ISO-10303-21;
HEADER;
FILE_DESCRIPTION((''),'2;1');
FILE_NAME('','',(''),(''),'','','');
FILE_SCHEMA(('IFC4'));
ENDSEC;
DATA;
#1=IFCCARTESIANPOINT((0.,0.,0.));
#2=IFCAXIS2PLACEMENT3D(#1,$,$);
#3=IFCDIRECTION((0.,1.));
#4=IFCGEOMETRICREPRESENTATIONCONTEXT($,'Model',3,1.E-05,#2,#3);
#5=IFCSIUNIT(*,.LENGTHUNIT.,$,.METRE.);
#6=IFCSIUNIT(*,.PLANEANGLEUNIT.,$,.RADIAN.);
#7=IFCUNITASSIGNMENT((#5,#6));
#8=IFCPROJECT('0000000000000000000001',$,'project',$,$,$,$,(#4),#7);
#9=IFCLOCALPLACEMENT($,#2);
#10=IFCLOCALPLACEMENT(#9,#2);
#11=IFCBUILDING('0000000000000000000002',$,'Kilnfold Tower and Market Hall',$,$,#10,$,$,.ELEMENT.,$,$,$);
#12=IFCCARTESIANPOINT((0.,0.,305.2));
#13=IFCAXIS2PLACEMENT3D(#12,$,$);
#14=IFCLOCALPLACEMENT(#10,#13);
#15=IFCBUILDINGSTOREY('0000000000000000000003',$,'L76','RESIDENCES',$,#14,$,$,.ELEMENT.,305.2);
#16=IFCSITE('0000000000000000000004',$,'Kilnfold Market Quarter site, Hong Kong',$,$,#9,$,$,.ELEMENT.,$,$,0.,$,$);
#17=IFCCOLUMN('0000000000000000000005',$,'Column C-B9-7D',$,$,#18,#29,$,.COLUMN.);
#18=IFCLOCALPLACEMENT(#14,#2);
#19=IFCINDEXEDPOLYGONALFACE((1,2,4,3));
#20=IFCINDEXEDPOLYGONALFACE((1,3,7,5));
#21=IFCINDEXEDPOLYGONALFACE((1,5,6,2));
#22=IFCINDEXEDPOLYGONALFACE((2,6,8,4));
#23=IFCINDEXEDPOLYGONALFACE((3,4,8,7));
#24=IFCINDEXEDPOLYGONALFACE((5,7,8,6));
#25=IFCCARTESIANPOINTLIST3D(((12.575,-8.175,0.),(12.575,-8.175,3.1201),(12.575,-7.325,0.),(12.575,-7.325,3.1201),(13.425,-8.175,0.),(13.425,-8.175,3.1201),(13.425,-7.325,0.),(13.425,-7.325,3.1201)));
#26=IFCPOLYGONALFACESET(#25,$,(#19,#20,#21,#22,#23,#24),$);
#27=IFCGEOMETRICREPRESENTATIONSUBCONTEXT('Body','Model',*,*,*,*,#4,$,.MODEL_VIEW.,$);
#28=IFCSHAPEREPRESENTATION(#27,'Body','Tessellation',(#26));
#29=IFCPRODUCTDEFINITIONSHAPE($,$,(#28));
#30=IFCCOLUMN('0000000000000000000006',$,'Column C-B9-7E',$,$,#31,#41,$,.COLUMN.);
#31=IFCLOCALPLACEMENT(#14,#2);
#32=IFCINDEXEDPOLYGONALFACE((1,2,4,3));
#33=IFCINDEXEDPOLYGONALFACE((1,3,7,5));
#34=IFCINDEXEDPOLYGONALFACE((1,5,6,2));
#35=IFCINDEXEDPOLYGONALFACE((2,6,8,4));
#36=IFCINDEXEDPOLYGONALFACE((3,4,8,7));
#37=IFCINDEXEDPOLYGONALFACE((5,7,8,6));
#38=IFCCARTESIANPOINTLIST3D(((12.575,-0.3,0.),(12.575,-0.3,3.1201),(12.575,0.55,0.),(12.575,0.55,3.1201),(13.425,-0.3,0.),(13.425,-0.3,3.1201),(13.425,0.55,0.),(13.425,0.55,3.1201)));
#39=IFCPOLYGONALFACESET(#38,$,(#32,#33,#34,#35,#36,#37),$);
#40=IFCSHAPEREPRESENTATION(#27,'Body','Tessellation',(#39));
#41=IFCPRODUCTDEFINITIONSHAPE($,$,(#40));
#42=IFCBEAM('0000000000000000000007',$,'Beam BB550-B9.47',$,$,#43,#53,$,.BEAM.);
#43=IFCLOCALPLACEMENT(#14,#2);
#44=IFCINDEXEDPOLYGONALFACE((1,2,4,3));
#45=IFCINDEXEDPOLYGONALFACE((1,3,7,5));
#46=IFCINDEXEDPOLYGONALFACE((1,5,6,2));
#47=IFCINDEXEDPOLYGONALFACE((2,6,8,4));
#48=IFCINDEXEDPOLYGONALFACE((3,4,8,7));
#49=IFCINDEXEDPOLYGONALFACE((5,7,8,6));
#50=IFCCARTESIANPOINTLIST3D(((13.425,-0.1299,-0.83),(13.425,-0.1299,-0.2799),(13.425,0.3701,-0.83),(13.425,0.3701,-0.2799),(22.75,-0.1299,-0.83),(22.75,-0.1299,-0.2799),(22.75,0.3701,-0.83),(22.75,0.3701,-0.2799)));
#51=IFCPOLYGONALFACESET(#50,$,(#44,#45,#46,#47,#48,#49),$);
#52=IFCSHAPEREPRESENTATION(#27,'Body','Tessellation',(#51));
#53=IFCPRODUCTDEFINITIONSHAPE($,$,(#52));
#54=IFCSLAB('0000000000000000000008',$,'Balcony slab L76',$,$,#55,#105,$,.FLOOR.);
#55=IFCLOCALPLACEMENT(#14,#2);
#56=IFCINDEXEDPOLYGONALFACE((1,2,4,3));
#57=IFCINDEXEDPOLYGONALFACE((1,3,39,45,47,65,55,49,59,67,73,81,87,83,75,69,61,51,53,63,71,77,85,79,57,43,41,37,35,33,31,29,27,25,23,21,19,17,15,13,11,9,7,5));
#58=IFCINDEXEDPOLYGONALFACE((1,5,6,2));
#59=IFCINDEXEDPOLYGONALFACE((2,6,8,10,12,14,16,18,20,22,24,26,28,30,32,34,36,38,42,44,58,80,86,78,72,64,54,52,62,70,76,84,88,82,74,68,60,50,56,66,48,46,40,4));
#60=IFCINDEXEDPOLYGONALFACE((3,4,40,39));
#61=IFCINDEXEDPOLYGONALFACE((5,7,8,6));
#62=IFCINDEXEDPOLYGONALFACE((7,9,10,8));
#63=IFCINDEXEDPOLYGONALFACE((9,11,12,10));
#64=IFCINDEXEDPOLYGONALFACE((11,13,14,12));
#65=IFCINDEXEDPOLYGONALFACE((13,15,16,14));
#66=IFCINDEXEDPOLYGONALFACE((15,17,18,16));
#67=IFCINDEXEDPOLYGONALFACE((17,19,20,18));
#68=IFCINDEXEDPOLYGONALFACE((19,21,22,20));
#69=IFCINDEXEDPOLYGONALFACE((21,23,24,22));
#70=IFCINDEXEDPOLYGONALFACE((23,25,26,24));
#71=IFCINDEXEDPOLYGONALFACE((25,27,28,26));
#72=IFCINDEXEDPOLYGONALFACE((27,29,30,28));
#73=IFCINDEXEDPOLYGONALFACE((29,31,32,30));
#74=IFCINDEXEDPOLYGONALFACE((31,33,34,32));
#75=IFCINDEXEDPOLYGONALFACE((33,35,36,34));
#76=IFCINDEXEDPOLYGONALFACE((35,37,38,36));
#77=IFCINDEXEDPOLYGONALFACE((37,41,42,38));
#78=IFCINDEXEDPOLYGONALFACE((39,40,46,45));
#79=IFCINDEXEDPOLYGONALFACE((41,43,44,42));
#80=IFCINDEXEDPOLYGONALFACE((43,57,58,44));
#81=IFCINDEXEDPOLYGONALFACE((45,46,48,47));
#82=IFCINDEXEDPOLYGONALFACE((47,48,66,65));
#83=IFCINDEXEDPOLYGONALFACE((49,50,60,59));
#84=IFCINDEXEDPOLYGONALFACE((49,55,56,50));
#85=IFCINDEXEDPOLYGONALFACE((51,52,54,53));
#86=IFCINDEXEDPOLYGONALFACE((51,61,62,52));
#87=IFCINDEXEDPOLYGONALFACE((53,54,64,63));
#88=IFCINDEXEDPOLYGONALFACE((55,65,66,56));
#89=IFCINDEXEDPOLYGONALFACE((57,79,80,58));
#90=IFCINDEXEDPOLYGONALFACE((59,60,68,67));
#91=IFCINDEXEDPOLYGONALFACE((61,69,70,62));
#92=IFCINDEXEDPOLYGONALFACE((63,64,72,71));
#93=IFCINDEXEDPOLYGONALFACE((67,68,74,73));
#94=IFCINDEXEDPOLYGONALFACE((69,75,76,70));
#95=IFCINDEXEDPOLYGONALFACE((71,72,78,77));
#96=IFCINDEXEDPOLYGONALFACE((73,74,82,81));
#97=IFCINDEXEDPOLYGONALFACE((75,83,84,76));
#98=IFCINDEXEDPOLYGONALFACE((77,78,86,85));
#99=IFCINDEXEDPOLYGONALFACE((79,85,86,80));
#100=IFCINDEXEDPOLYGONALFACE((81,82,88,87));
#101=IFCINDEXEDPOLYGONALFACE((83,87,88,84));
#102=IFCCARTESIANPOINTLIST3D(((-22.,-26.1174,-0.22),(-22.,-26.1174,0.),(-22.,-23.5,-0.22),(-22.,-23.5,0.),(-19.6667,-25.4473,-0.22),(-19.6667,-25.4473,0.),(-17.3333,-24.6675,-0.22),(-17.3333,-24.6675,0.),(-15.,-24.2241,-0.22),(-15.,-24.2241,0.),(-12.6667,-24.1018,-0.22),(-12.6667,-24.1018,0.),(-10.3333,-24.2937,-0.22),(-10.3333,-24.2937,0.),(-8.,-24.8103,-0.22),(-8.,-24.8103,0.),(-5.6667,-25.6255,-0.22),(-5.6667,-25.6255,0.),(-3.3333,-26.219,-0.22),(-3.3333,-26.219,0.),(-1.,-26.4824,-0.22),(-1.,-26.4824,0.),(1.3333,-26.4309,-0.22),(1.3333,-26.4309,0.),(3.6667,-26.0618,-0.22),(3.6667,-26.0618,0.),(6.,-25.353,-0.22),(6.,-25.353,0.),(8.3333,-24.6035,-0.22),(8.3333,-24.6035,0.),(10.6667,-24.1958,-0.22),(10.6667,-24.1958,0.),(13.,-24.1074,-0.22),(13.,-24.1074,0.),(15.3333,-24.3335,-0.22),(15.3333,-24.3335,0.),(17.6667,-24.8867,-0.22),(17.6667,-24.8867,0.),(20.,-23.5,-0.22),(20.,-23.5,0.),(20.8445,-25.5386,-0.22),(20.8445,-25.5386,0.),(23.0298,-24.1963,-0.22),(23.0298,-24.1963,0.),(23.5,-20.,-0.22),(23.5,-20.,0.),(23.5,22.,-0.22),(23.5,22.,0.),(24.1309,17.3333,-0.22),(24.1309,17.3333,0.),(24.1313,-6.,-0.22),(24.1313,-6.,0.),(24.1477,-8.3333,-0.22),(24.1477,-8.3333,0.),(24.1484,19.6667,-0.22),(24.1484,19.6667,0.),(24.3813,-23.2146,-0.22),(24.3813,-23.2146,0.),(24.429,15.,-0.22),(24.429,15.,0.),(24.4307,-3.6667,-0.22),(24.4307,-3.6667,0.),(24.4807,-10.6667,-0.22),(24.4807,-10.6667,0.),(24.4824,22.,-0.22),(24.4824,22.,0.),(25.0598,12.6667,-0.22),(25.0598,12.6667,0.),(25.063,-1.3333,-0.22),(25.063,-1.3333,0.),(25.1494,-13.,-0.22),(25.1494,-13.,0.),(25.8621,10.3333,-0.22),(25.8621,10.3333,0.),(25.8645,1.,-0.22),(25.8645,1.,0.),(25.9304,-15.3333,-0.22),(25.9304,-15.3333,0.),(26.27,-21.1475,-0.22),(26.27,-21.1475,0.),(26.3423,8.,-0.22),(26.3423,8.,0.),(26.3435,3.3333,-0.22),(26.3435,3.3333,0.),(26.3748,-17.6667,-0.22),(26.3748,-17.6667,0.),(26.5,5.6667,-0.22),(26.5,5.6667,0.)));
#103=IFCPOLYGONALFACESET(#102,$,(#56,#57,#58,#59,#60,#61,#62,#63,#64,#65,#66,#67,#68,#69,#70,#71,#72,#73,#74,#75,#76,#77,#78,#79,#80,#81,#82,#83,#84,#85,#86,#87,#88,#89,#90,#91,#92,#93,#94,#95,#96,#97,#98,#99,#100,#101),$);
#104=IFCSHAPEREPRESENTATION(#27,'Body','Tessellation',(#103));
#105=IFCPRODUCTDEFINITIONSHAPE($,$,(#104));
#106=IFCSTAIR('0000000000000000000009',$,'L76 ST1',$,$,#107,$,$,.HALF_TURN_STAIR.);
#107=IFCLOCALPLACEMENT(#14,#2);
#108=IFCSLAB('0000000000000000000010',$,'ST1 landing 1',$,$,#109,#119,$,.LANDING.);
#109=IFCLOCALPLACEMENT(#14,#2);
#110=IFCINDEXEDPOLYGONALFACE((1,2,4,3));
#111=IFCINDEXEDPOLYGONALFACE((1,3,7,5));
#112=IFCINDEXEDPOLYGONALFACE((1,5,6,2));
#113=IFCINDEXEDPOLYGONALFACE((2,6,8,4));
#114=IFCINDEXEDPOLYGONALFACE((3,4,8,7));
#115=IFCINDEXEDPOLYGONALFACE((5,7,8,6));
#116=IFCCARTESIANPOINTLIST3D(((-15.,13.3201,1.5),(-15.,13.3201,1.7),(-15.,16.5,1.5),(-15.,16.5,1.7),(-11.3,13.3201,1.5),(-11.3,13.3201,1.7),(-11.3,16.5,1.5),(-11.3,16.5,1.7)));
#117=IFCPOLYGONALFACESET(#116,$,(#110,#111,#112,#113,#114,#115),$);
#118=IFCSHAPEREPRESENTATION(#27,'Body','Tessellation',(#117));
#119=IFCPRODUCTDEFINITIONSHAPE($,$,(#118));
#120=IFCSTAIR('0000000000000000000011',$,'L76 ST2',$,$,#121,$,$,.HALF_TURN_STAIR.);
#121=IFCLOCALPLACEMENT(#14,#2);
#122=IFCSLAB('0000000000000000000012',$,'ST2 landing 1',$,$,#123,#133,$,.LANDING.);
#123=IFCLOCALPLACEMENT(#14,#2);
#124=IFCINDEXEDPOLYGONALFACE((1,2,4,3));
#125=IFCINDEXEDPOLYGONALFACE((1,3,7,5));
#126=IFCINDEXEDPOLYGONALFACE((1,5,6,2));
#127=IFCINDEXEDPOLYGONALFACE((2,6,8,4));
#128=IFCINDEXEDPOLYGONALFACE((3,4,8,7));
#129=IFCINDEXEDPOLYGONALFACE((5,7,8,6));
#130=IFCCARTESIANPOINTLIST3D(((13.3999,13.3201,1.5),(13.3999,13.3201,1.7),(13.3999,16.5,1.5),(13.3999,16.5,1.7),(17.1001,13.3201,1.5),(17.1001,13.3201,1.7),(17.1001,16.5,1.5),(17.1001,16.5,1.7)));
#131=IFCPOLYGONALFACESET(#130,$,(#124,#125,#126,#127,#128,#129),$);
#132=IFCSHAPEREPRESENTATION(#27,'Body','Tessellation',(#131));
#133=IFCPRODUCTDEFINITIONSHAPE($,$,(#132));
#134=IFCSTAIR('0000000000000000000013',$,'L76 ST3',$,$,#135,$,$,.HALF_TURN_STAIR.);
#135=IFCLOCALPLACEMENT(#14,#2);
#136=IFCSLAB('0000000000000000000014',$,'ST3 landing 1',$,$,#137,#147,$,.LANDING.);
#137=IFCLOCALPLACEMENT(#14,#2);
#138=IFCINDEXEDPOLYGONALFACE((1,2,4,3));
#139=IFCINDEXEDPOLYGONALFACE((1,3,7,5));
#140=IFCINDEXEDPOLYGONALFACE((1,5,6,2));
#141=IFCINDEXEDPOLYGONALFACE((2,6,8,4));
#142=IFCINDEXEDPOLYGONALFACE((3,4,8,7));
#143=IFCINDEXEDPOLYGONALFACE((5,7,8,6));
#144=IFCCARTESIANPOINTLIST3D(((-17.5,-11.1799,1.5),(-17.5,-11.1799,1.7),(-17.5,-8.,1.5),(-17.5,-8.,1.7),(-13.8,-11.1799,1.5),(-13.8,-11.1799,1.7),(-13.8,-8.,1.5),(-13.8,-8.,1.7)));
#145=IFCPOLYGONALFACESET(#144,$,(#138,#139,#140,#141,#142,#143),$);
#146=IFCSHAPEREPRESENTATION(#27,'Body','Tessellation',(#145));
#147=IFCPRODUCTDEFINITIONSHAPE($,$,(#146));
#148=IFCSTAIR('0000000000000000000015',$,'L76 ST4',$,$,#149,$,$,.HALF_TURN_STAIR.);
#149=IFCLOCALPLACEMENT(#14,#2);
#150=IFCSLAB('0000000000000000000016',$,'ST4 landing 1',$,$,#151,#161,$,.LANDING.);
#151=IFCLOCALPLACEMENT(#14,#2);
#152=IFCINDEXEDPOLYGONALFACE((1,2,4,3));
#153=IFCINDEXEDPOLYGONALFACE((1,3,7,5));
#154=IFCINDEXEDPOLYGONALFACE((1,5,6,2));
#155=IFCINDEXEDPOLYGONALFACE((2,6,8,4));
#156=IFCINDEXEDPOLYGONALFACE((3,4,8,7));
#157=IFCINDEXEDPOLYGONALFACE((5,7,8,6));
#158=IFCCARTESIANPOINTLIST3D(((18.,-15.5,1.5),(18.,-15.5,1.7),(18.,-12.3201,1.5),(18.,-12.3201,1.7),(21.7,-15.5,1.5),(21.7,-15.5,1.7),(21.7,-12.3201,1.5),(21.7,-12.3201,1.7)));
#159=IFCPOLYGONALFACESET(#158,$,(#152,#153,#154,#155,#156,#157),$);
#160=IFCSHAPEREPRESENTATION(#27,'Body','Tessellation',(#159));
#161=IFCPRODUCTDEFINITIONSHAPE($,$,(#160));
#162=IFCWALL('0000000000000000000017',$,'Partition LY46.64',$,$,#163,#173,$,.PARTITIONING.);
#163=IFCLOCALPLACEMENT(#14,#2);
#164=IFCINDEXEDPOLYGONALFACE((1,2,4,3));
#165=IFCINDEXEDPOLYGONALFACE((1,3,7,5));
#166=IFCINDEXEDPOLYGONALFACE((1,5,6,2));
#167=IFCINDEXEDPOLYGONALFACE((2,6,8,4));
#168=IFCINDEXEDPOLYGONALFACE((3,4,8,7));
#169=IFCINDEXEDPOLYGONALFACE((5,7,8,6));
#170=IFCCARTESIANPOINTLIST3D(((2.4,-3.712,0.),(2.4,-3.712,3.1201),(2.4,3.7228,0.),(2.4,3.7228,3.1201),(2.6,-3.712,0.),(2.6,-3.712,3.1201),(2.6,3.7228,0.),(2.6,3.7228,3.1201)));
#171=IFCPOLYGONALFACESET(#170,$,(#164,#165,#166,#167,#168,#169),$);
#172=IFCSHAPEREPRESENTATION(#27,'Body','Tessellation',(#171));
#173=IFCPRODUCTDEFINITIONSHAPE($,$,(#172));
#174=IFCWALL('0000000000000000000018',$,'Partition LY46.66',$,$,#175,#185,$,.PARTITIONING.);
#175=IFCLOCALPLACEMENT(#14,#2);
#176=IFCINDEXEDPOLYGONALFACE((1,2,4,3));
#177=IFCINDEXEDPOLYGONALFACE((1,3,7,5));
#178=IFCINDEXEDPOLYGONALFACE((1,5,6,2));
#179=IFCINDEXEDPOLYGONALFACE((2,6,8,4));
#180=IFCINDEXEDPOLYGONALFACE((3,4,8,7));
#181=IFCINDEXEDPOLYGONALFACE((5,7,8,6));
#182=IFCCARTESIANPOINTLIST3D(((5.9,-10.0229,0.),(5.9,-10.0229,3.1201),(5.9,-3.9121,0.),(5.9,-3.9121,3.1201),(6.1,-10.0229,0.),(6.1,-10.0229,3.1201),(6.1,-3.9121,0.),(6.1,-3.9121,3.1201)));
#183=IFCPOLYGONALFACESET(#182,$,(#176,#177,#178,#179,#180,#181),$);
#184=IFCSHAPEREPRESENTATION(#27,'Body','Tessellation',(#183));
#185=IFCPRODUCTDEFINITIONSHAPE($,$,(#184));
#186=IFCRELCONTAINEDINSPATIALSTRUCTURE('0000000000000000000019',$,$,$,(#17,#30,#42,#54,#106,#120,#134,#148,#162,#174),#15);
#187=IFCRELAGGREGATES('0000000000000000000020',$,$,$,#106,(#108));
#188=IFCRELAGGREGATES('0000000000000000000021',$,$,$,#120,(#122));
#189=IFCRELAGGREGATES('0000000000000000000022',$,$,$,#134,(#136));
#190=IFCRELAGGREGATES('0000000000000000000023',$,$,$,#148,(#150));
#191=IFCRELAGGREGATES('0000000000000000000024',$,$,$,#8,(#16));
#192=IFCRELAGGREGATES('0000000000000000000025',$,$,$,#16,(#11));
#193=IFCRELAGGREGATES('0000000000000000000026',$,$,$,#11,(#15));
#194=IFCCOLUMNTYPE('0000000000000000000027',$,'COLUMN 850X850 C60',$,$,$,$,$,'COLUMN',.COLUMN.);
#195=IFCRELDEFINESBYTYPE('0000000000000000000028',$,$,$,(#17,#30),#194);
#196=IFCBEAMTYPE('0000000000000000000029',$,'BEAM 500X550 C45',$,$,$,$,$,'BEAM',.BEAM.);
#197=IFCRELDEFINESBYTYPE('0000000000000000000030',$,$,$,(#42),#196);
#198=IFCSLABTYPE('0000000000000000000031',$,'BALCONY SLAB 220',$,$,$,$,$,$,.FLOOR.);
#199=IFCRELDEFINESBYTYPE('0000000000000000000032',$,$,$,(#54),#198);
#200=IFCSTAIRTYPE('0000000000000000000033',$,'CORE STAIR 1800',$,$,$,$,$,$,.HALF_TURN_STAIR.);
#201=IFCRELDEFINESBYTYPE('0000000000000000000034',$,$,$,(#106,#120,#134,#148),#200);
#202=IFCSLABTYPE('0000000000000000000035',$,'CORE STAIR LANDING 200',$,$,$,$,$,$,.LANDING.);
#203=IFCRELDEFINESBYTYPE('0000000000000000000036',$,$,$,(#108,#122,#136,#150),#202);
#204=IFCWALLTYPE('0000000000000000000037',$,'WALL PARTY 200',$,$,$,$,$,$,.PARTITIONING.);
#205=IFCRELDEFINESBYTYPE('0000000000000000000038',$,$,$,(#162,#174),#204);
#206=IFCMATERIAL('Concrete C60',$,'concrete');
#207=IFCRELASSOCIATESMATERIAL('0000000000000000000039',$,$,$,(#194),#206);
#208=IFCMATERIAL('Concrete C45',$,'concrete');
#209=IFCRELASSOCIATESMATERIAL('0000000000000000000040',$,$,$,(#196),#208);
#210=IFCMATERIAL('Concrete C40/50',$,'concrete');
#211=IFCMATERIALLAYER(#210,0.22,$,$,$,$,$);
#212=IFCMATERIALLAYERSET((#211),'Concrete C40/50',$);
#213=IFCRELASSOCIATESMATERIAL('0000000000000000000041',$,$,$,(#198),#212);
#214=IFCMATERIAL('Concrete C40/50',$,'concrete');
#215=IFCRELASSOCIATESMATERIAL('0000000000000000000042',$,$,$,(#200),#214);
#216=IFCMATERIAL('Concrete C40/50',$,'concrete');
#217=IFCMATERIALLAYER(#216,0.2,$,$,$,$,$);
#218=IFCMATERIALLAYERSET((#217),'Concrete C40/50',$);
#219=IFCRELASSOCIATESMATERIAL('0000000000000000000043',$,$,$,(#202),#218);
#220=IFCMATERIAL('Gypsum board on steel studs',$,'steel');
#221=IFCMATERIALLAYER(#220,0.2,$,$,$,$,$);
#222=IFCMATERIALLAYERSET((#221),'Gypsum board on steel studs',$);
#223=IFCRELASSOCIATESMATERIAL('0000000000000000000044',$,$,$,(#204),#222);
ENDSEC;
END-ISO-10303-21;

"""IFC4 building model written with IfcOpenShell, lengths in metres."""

from ifc_helpers import new_model, si_unit, direction, frame, frame_2d, origin, origin_2d, place, context, subcontext, project, spatial, polyline, rectangle, outline, extrude, source, transform, mapped, material, layer, layer_set, material_profile, profile_set, type_object, element, aggregate, save


model = new_model("IFC4")

# Units and contexts
model_context = context("Model", 3, precision=1e-05, world=origin(), true_north=direction((0.0, 1.0)))
body_context = subcontext(model_context, "Body", "Model", "MODEL_VIEW")
ifc_project = project(units=[si_unit("LENGTHUNIT", "METRE"), si_unit("PLANEANGLEUNIT", "RADIAN")], contexts=[model_context])

# Site, building, storey
site_placement = place(None, origin())
site = spatial("IfcSite", under=ifc_project, at=site_placement, Name="Kilnfold Market Quarter site, Hong Kong", CompositionType="ELEMENT", RefElevation=0.0)
building_placement = place(site_placement, origin())
building = spatial("IfcBuilding", under=site, at=building_placement, Name="Kilnfold Tower and Market Hall", CompositionType="ELEMENT")
storey_placement = place(building_placement, frame((0.0, 0.0, 305.2)))
storey = spatial("IfcBuildingStorey", under=building, at=storey_placement, Name="L76", Description="RESIDENCES", CompositionType="ELEMENT", Elevation=305.2)

# Columns
ifc_material_1 = material(Name="Concrete C60", Category="concrete")
ifc_material_profile_1 = material_profile(ifc_material_1, rectangle(XDim=0.8501, YDim=0.8501, at=origin_2d()), Name="RC 850x850")
ifc_profile_set_1 = profile_set([ifc_material_profile_1], Name="Concrete C60")
column_type = type_object("IfcColumnType", Name="COLUMN 850X850 C60", ElementType="COLUMN", PredefinedType="COLUMN", material=ifc_profile_set_1)
shared_shape_1 = source(origin(), body_context, "Body", "SweptSolid", [
    extrude(rectangle(XDim=0.8501, YDim=0.8501, at=origin_2d()), origin(), (0.0, 0.0, 1.0), 3.1201),
])
for number, where, z_axis, x_axis, name in (
    (1, (13.0, -7.75, 0.0), (0.0, 0.0, 1.0), (1.0, 0.0, 0.0), "Column C-B9-7D"),
    (2, (13.0, 0.125, 0.0), (0.0, 0.0, 1.0), (1.0, 0.0, 0.0), "Column C-B9-7E"),
):
    element("IfcColumn", number, at=place(storey_placement, frame(where, z_axis=z_axis, x_axis=x_axis)), inside=storey, type_object=column_type, Name=name, PredefinedType="COLUMN", context=body_context, shape_type="MappedRepresentation", body=[
        mapped(shared_shape_1, transform((0.0, 0.0, 0.0))),
    ])

# Beam
ifc_material_2 = material(Name="Concrete C45", Category="concrete")
ifc_material_profile_2 = material_profile(ifc_material_2, rectangle(XDim=0.5, YDim=0.55, at=origin_2d()), Name="RC 500x550")
ifc_profile_set_2 = profile_set([ifc_material_profile_2], Name="Concrete C45")
beam_type = type_object("IfcBeamType", Name="BEAM 500X550 C45", ElementType="BEAM", PredefinedType="BEAM", material=ifc_profile_set_2)
shared_shape_2 = source(origin(), body_context, "Body", "SweptSolid", [
    extrude(rectangle(XDim=0.5, YDim=0.55, at=origin_2d()), origin(), (0.0, 0.0, 1.0), 9.325),
])
beam_placement = place(storey_placement, frame((13.425, 0.1201, -0.5549), z_axis=(1.0, 0.0, 0.0), x_axis=(0.0, 1.0, 0.0)))
element("IfcBeam", 3, at=beam_placement, inside=storey, type_object=beam_type, Name="Beam BB550-B9.47", PredefinedType="BEAM", context=body_context, shape_type="MappedRepresentation", body=[
    mapped(shared_shape_2, transform((0.0, 0.0, 0.0))),
])

# Slab
ifc_material_3 = material(Name="Concrete C40/50", Category="concrete")
ifc_layer_1 = layer(ifc_material_3, 0.22)
ifc_layer_set_1 = layer_set([ifc_layer_1], Name="Concrete C40/50")
slab_type_1 = type_object("IfcSlabType", Name="BALCONY SLAB 220", PredefinedType="FLOOR", material=ifc_layer_set_1)
shared_shape_3 = source(origin(), body_context, "Body", "SweptSolid", [
    extrude(outline(polyline([(-22.0, -23.5), (20.0, -23.5), (23.5, -20.0), (23.5, 22.0), (24.4824, 22.0), (24.1484, 19.6667), (24.1309, 17.3333), (24.429, 15.0), (25.0598, 12.6667), (25.8621, 10.3333), (26.3423, 8.0), (26.5, 5.6667), (26.3435, 3.3333), (25.8645, 1.0), (25.063, -1.3333), (24.4307, -3.6667), (24.1313, -6.0), (24.1477, -8.3333), (24.4807, -10.6667), (25.1494, -13.0), (25.9304, -15.3333), (26.3748, -17.6667), (26.27, -21.1475), (24.3813, -23.2146), (23.0298, -24.1963), (20.8445, -25.5386), (17.6667, -24.8867), (15.3333, -24.3335), (13.0, -24.1074), (10.6667, -24.1958), (8.3333, -24.6035), (6.0, -25.353), (3.6667, -26.0618), (1.3333, -26.4309), (-1.0, -26.4824), (-3.3333, -26.219), (-5.6667, -25.6255), (-8.0, -24.8103), (-10.3333, -24.2937), (-12.6667, -24.1018), (-15.0, -24.2241), (-17.3333, -24.6675), (-19.6667, -25.4473), (-22.0, -26.1174), (-22.0, -23.5)])), origin(), (0.0, 0.0, 1.0), 0.22),
])
slab_1_placement = place(storey_placement, frame((0.0, 0.0, -0.22)))
element("IfcSlab", 4, at=slab_1_placement, inside=storey, type_object=slab_type_1, Name="Balcony slab L76", PredefinedType="FLOOR", context=body_context, shape_type="MappedRepresentation", body=[
    mapped(shared_shape_3, transform((0.0, 0.0, 0.0))),
])

# Stairs, slabs
ifc_material_4 = material(Name="Concrete C40/50", Category="concrete")
stair_type = type_object("IfcStairType", Name="CORE STAIR 1800", PredefinedType="HALF_TURN_STAIR", material=ifc_material_4)
stair_1_placement = place(storey_placement, origin())
stair_1 = element("IfcStair", 5, at=stair_1_placement, inside=storey, type_object=stair_type, Name="L76 ST1", PredefinedType="HALF_TURN_STAIR")
ifc_material_5 = material(Name="Concrete C40/50", Category="concrete")
ifc_layer_2 = layer(ifc_material_5, 0.2)
ifc_layer_set_2 = layer_set([ifc_layer_2], Name="Concrete C40/50")
slab_type_2 = type_object("IfcSlabType", Name="CORE STAIR LANDING 200", PredefinedType="LANDING", material=ifc_layer_set_2)
shared_shape_4 = source(origin(), body_context, "Body", "SweptSolid", [
    extrude(outline(polyline([(-11.3, 13.3201), (-11.3, 16.5), (-15.0, 16.5), (-15.0, 13.3201), (-11.3, 13.3201)])), origin(), (0.0, 0.0, 1.0), 0.2),
])
slab_2_placement = place(storey_placement, frame((0.0, 0.0, 1.5)))
slab_2 = element("IfcSlab", 6, at=slab_2_placement, type_object=slab_type_2, Name="ST1 landing 1", PredefinedType="LANDING", context=body_context, shape_type="MappedRepresentation", body=[
    mapped(shared_shape_4, transform((0.0, 0.0, 0.0))),
])
aggregate(stair_1, [slab_2])
stair_2_placement = place(storey_placement, origin())
stair_2 = element("IfcStair", 7, at=stair_2_placement, inside=storey, type_object=stair_type, Name="L76 ST2", PredefinedType="HALF_TURN_STAIR")
shared_shape_5 = source(origin(), body_context, "Body", "SweptSolid", [
    extrude(outline(polyline([(17.1001, 13.3201), (17.1001, 16.5), (13.3999, 16.5), (13.3999, 13.3201), (17.1001, 13.3201)])), origin(), (0.0, 0.0, 1.0), 0.2),
])
slab_3_placement = place(storey_placement, frame((0.0, 0.0, 1.5)))
slab_3 = element("IfcSlab", 8, at=slab_3_placement, type_object=slab_type_2, Name="ST2 landing 1", PredefinedType="LANDING", context=body_context, shape_type="MappedRepresentation", body=[
    mapped(shared_shape_5, transform((0.0, 0.0, 0.0))),
])
aggregate(stair_2, [slab_3])
stair_3_placement = place(storey_placement, origin())
stair_3 = element("IfcStair", 9, at=stair_3_placement, inside=storey, type_object=stair_type, Name="L76 ST3", PredefinedType="HALF_TURN_STAIR")
shared_shape_6 = source(origin(), body_context, "Body", "SweptSolid", [
    extrude(outline(polyline([(-13.8, -11.1799), (-13.8, -8.0), (-17.5, -8.0), (-17.5, -11.1799), (-13.8, -11.1799)])), origin(), (0.0, 0.0, 1.0), 0.2),
])
slab_4_placement = place(storey_placement, frame((0.0, 0.0, 1.5)))
slab_4 = element("IfcSlab", 10, at=slab_4_placement, type_object=slab_type_2, Name="ST3 landing 1", PredefinedType="LANDING", context=body_context, shape_type="MappedRepresentation", body=[
    mapped(shared_shape_6, transform((0.0, 0.0, 0.0))),
])
aggregate(stair_3, [slab_4])
stair_4_placement = place(storey_placement, origin())
stair_4 = element("IfcStair", 11, at=stair_4_placement, inside=storey, type_object=stair_type, Name="L76 ST4", PredefinedType="HALF_TURN_STAIR")
shared_shape_7 = source(origin(), body_context, "Body", "SweptSolid", [
    extrude(outline(polyline([(18.0, -12.3201), (18.0, -15.5), (21.7, -15.5), (21.7, -12.3201), (18.0, -12.3201)])), origin(), (0.0, 0.0, 1.0), 0.2),
])
slab_5_placement = place(storey_placement, frame((0.0, 0.0, 1.5)))
slab_5 = element("IfcSlab", 12, at=slab_5_placement, type_object=slab_type_2, Name="ST4 landing 1", PredefinedType="LANDING", context=body_context, shape_type="MappedRepresentation", body=[
    mapped(shared_shape_7, transform((0.0, 0.0, 0.0))),
])
aggregate(stair_4, [slab_5])

# Walls
ifc_material_6 = material(Name="Gypsum board on steel studs", Category="steel")
ifc_layer_3 = layer(ifc_material_6, 0.2)
ifc_layer_set_3 = layer_set([ifc_layer_3], Name="Gypsum board on steel studs")
wall_type = type_object("IfcWallType", Name="WALL PARTY 200", PredefinedType="PARTITIONING", material=ifc_layer_set_3)
wall_1_placement = place(storey_placement, frame((2.5, -3.7119, 0.0), z_axis=(0.0, 0.0, 1.0), x_axis=(0.0, 1.0, 0.0)))
element("IfcWall", 13, at=wall_1_placement, inside=storey, type_object=wall_type, Name="Partition LY46.64", PredefinedType="PARTITIONING", context=body_context, shape_type="SweptSolid", body=[
    extrude(rectangle(XDim=7.4348, YDim=0.2, at=frame_2d((3.7173, 0.0))), origin(), (0.0, 0.0, 1.0), 3.1201),
])
wall_2_placement = place(storey_placement, frame((6.0, -10.0229, 0.0), z_axis=(0.0, 0.0, 1.0), x_axis=(0.0, 1.0, 0.0)))
element("IfcWall", 14, at=wall_2_placement, inside=storey, type_object=wall_type, Name="Partition LY46.66", PredefinedType="PARTITIONING", context=body_context, shape_type="SweptSolid", body=[
    extrude(rectangle(XDim=6.1108, YDim=0.2, at=frame_2d((3.0554, 0.0))), origin(), (0.0, 0.0, 1.0), 3.1201),
])

save(model, "model.ifc")
